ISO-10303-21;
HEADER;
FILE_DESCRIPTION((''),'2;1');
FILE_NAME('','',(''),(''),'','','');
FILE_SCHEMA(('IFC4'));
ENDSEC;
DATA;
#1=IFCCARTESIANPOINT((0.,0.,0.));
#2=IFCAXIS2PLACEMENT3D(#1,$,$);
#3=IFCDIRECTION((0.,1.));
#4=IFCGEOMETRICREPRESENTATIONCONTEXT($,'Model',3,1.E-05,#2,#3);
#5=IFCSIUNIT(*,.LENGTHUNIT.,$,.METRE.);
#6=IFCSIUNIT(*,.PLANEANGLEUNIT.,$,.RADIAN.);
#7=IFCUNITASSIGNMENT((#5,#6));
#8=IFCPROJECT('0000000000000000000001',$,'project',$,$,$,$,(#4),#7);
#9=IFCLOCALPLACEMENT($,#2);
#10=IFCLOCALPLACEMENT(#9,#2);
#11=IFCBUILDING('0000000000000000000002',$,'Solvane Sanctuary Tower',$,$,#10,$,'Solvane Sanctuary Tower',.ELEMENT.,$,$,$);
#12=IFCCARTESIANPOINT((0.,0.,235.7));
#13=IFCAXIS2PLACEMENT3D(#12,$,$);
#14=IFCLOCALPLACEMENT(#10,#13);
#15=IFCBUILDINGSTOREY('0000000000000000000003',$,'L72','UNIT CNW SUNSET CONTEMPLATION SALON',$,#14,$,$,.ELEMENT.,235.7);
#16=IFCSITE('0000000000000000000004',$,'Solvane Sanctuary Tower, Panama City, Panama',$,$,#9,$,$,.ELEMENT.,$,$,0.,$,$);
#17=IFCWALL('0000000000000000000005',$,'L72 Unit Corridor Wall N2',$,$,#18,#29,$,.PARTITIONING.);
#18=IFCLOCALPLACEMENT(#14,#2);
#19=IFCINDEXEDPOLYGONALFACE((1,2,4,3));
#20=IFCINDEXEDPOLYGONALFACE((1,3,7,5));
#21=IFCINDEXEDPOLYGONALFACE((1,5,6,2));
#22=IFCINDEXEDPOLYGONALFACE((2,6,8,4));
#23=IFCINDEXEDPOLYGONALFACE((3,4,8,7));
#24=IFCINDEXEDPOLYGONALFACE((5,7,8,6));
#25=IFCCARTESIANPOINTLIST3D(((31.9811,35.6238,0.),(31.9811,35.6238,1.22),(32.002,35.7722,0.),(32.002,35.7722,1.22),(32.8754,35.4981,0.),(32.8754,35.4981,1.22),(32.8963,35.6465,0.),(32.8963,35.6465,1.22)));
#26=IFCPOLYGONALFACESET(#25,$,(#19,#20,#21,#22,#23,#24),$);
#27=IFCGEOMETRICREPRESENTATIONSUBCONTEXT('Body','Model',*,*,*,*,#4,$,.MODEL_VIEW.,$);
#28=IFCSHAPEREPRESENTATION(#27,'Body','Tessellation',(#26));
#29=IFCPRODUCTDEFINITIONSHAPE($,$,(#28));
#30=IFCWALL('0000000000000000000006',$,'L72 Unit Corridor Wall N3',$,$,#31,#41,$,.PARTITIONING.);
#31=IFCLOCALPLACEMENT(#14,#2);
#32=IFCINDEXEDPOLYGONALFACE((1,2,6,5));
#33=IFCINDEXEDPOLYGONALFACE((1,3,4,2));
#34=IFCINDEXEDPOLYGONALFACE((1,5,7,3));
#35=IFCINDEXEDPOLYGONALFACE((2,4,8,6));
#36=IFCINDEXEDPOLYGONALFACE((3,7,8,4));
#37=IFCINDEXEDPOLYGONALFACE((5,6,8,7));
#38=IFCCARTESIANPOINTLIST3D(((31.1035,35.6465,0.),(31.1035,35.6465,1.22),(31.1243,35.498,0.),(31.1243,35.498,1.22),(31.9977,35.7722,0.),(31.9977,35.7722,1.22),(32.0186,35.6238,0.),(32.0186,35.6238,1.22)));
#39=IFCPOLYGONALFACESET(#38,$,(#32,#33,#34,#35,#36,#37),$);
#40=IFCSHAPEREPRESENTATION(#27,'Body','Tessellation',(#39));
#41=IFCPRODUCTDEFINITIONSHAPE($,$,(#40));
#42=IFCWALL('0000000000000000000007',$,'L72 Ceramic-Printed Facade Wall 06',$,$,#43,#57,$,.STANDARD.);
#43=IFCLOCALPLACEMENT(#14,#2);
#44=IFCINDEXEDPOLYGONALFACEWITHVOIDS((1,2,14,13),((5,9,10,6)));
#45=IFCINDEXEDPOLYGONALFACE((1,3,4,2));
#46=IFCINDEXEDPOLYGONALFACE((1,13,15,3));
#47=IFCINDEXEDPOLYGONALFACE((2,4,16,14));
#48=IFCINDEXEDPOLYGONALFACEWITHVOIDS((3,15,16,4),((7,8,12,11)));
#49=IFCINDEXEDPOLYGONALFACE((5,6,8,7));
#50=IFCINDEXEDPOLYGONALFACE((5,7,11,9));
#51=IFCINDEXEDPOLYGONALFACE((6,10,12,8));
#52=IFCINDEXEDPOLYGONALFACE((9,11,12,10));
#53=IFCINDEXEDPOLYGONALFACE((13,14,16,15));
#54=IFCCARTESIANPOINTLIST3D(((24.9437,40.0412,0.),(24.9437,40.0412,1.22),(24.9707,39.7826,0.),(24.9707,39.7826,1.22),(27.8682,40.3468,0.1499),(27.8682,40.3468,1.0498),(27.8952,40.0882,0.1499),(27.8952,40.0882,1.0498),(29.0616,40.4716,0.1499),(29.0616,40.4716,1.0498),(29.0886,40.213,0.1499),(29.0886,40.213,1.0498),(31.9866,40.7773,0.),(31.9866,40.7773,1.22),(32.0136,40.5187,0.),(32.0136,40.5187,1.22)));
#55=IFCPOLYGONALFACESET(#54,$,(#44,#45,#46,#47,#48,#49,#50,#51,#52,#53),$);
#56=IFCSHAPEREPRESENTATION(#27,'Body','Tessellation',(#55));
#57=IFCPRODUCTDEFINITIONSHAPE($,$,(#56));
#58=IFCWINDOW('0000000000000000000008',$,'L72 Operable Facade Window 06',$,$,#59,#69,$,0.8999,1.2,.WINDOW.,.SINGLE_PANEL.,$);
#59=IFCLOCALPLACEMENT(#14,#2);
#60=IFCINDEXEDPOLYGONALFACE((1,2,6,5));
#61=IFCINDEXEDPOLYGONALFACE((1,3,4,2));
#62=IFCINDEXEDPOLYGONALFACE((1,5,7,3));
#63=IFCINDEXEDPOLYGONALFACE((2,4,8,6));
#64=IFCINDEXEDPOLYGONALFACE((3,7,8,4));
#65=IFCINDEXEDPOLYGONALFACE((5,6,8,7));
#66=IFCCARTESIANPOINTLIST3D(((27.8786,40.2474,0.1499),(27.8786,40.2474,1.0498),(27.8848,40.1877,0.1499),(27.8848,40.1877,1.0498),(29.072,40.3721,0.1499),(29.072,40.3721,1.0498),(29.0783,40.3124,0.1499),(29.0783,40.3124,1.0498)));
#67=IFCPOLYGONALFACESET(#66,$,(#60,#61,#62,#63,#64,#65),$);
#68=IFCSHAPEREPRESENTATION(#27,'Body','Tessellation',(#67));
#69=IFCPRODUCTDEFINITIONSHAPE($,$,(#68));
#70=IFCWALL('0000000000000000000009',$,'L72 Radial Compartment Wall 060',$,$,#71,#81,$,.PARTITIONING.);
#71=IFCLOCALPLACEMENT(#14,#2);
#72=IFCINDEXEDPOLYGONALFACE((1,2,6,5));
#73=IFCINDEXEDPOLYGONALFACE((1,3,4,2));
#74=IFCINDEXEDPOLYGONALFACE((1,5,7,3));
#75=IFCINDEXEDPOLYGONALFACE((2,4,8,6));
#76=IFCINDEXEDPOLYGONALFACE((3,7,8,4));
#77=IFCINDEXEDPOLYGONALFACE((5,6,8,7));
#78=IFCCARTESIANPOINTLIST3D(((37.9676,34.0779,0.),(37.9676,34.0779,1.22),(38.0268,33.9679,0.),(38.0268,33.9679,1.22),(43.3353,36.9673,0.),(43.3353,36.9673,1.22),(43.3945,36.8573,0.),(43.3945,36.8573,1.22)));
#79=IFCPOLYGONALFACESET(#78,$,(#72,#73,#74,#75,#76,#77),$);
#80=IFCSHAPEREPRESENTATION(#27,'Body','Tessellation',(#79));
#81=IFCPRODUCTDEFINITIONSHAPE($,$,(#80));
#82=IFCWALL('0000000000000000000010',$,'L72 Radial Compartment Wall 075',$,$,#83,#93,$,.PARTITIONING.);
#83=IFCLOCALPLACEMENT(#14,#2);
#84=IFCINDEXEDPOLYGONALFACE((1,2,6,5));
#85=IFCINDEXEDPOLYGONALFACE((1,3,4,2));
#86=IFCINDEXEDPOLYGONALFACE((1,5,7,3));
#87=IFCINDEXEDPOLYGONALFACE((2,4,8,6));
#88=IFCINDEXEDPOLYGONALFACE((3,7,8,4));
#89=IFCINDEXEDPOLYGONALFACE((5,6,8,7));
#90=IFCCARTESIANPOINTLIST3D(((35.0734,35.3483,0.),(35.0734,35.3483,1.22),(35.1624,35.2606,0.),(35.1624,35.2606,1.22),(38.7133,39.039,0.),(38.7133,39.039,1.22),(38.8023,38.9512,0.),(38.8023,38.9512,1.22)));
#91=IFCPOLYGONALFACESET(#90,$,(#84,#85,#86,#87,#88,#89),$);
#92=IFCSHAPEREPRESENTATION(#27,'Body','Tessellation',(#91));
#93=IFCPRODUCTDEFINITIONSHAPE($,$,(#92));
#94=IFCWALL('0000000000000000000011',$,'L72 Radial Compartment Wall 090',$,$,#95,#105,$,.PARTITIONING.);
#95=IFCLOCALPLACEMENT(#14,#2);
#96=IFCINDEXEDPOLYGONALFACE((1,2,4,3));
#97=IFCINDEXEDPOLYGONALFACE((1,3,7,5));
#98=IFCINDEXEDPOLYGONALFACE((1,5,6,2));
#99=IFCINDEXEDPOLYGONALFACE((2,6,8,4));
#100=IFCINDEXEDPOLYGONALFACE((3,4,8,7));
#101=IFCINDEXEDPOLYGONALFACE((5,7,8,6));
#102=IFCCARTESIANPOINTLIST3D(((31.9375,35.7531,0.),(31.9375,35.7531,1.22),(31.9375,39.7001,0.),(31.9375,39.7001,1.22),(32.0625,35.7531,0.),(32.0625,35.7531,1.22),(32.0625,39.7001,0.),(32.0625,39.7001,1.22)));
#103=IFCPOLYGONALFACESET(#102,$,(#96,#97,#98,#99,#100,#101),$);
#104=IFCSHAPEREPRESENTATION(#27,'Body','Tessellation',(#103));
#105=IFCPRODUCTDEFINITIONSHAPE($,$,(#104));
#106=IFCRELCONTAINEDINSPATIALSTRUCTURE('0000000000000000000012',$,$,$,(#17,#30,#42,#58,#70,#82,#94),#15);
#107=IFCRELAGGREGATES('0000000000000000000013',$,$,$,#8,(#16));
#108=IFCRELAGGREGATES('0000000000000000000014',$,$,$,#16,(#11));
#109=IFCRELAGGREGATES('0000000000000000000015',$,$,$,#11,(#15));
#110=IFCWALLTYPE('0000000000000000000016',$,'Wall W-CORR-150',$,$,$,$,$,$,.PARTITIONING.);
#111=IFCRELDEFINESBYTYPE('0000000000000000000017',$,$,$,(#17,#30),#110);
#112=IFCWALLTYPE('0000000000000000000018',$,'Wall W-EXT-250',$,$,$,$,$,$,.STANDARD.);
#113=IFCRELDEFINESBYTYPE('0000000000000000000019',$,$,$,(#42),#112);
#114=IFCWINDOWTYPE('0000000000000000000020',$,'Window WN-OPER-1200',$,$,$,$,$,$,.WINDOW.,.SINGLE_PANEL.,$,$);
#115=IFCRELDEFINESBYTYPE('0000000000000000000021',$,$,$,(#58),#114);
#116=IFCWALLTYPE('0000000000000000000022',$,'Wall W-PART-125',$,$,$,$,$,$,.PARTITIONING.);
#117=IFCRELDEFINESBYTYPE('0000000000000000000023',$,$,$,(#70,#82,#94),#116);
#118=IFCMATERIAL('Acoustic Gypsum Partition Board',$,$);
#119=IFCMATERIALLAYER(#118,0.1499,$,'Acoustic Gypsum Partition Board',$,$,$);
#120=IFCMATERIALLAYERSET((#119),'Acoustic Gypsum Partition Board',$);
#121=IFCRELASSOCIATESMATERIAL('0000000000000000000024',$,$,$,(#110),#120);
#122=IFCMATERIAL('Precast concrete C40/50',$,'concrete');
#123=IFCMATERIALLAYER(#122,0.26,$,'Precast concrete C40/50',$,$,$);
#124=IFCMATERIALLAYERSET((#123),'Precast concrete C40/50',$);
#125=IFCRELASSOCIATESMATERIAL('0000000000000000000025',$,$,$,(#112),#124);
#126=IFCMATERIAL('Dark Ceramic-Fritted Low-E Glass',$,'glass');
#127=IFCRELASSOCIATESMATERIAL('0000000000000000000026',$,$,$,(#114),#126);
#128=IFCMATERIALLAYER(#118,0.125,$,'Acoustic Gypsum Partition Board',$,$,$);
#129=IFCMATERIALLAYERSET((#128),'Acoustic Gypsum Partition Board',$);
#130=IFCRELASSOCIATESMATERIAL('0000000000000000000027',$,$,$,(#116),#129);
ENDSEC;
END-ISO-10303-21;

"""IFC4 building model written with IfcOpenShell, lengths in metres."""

from ifc_helpers import new_model, si_unit, direction, frame, frame_2d, origin, place, context, subcontext, project, spatial, rectangle, extrude, material, layer, layer_set, type_object, element, fill, save


model = new_model("IFC4")

# Units and contexts
model_context = context("Model", 3, precision=1e-05, world=origin(), true_north=direction((0.0, 1.0)))
body_context = subcontext(model_context, "Body", "Model", "MODEL_VIEW")
ifc_project = project(units=[si_unit("LENGTHUNIT", "METRE"), si_unit("PLANEANGLEUNIT", "RADIAN")], contexts=[model_context])

# Site, building, storey
site_placement = place(None, origin())
site = spatial("IfcSite", under=ifc_project, at=site_placement, Name="Solvane Sanctuary Tower, Panama City, Panama", CompositionType="ELEMENT", RefElevation=0.0)
building_placement = place(site_placement, origin())
building = spatial("IfcBuilding", under=site, at=building_placement, Name="Solvane Sanctuary Tower", LongName="Solvane Sanctuary Tower", CompositionType="ELEMENT")
storey_placement = place(building_placement, frame((0.0, 0.0, 235.7)))
storey = spatial("IfcBuildingStorey", under=building, at=storey_placement, Name="L72", Description="UNIT CNW SUNSET CONTEMPLATION SALON", CompositionType="ELEMENT", Elevation=235.7)

# Shared definitions
ifc_material_1 = material(Name="Acoustic Gypsum Partition Board")
ifc_layer_1 = layer(ifc_material_1, 0.1499, Name="Acoustic Gypsum Partition Board")
ifc_layer_set_1 = layer_set([ifc_layer_1], Name="Acoustic Gypsum Partition Board")
wall_type_1 = type_object("IfcWallType", Name="Wall W-CORR-150", PredefinedType="PARTITIONING", material=ifc_layer_set_1)

# Walls
for number, where, z_axis, x_axis, name in (
    (1, (32.886, 35.5723, 0.0), (0.0, 0.0, 1.0), (-0.990261, 0.139226, 0.0), "L72 Unit Corridor Wall N2"),
    (2, (32.0083, 35.698, 0.0), (0.0, 0.0, 1.0), (-0.990261, -0.139226, 0.0), "L72 Unit Corridor Wall N3"),
):
    element("IfcWall", number, at=place(storey_placement, frame(where, z_axis=z_axis, x_axis=x_axis)), inside=storey, type_object=wall_type_1, Name=name, PredefinedType="PARTITIONING", context=body_context, shape_type="SweptSolid", body=[
        extrude(rectangle(XDim=0.9031, YDim=0.1499, at=frame_2d((0.4517, 0.0))), origin(), (0.0, 0.0, 1.0), 1.22),
    ])

# Wall, opening, window
ifc_material_2 = material(Name="Precast concrete C40/50", Category="concrete")
ifc_layer_2 = layer(ifc_material_2, 0.26, Name="Precast concrete C40/50")
ifc_layer_set_2 = layer_set([ifc_layer_2], Name="Precast concrete C40/50")
wall_type_2 = type_object("IfcWallType", Name="Wall W-EXT-250", PredefinedType="STANDARD", material=ifc_layer_set_2)
wall_1_placement = place(storey_placement, frame((32.0, 40.6479, 0.0), z_axis=(0.0, 0.0, 1.0), x_axis=(-0.994583, -0.103947, 0.0)))
wall_1 = element("IfcWall", 3, at=wall_1_placement, inside=storey, type_object=wall_type_2, Name="L72 Ceramic-Printed Facade Wall 06", PredefinedType="STANDARD", context=body_context, shape_type="SweptSolid", body=[
    extrude(rectangle(XDim=7.0813, YDim=0.26, at=frame_2d((3.5405, 0.0))), origin(), (0.0, 0.0, 1.0), 1.22),
])
opening_1_placement = place(wall_1_placement, frame((2.9407, 0.0, 0.1499)))
opening_1 = element("IfcOpeningElement", 4, at=opening_1_placement, cuts=wall_1, PredefinedType="OPENING", context=body_context, shape_type="SweptSolid", body=[
    extrude(rectangle(XDim=1.2, YDim=0.8999, at=frame_2d((0.6001, 0.45))), frame((0.0, 0.1399, 0.0), z_axis=(0.0, -1.0, 0.0), x_axis=(1.0, 0.0, 0.0)), (0.0, 0.0, 1.0), 0.28),
])
ifc_material_3 = material(Name="Dark Ceramic-Fritted Low-E Glass", Category="glass")
window_type = type_object("IfcWindowType", Name="Window WN-OPER-1200", PartitioningType="SINGLE_PANEL", PredefinedType="WINDOW", material=ifc_material_3)
window_placement = place(opening_1_placement, origin())
window = element("IfcWindow", 5, at=window_placement, inside=storey, type_object=window_type, Name="L72 Operable Facade Window 06", OverallHeight=0.8999, OverallWidth=1.2, PartitioningType="SINGLE_PANEL", PredefinedType="WINDOW", context=body_context, shape_type="SweptSolid", body=[
    extrude(rectangle(XDim=1.2, YDim=0.8999, at=frame_2d((0.6001, 0.45))), frame((0.0, 0.03, 0.0), z_axis=(0.0, -1.0, 0.0), x_axis=(1.0, 0.0, 0.0)), (0.0, 0.0, 1.0), 0.0601),
])
fill(opening_1, window)

# Walls
ifc_layer_3 = layer(ifc_material_1, 0.125, Name="Acoustic Gypsum Partition Board")
ifc_layer_set_3 = layer_set([ifc_layer_3], Name="Acoustic Gypsum Partition Board")
wall_type_3 = type_object("IfcWallType", Name="Wall W-PART-125", PredefinedType="PARTITIONING", material=ifc_layer_set_3)
wall_2_placement = place(storey_placement, frame((37.9973, 34.0229, 0.0), z_axis=(0.0, 0.0, 1.0), x_axis=(0.880532, 0.473988, 0.0)))
element("IfcWall", 6, at=wall_2_placement, inside=storey, type_object=wall_type_3, Name="L72 Radial Compartment Wall 060", PredefinedType="PARTITIONING", context=body_context, shape_type="SweptSolid", body=[
    extrude(rectangle(XDim=6.0959, YDim=0.125, at=frame_2d((3.0479, 0.0))), origin(), (0.0, 0.0, 1.0), 1.22),
])
wall_3_placement = place(storey_placement, frame((35.1179, 35.3044, 0.0), z_axis=(0.0, 0.0, 1.0), x_axis=(0.702192, 0.711988, 0.0)))
element("IfcWall", 7, at=wall_3_placement, inside=storey, type_object=wall_type_3, Name="L72 Radial Compartment Wall 075", PredefinedType="PARTITIONING", context=body_context, shape_type="SweptSolid", body=[
    extrude(rectangle(XDim=5.1836, YDim=0.125, at=frame_2d((2.5918, 0.0))), origin(), (0.0, 0.0, 1.0), 1.22),
])
wall_4_placement = place(storey_placement, frame((32.0, 35.7529, 0.0), z_axis=(0.0, 0.0, 1.0), x_axis=(0.0, 1.0, 0.0)))
element("IfcWall", 8, at=wall_4_placement, inside=storey, type_object=wall_type_3, Name="L72 Radial Compartment Wall 090", PredefinedType="PARTITIONING", context=body_context, shape_type="SweptSolid", body=[
    extrude(rectangle(XDim=3.947, YDim=0.125, at=frame_2d((1.9736, 0.0))), origin(), (0.0, 0.0, 1.0), 1.22),
])

save(model, "model.ifc")
